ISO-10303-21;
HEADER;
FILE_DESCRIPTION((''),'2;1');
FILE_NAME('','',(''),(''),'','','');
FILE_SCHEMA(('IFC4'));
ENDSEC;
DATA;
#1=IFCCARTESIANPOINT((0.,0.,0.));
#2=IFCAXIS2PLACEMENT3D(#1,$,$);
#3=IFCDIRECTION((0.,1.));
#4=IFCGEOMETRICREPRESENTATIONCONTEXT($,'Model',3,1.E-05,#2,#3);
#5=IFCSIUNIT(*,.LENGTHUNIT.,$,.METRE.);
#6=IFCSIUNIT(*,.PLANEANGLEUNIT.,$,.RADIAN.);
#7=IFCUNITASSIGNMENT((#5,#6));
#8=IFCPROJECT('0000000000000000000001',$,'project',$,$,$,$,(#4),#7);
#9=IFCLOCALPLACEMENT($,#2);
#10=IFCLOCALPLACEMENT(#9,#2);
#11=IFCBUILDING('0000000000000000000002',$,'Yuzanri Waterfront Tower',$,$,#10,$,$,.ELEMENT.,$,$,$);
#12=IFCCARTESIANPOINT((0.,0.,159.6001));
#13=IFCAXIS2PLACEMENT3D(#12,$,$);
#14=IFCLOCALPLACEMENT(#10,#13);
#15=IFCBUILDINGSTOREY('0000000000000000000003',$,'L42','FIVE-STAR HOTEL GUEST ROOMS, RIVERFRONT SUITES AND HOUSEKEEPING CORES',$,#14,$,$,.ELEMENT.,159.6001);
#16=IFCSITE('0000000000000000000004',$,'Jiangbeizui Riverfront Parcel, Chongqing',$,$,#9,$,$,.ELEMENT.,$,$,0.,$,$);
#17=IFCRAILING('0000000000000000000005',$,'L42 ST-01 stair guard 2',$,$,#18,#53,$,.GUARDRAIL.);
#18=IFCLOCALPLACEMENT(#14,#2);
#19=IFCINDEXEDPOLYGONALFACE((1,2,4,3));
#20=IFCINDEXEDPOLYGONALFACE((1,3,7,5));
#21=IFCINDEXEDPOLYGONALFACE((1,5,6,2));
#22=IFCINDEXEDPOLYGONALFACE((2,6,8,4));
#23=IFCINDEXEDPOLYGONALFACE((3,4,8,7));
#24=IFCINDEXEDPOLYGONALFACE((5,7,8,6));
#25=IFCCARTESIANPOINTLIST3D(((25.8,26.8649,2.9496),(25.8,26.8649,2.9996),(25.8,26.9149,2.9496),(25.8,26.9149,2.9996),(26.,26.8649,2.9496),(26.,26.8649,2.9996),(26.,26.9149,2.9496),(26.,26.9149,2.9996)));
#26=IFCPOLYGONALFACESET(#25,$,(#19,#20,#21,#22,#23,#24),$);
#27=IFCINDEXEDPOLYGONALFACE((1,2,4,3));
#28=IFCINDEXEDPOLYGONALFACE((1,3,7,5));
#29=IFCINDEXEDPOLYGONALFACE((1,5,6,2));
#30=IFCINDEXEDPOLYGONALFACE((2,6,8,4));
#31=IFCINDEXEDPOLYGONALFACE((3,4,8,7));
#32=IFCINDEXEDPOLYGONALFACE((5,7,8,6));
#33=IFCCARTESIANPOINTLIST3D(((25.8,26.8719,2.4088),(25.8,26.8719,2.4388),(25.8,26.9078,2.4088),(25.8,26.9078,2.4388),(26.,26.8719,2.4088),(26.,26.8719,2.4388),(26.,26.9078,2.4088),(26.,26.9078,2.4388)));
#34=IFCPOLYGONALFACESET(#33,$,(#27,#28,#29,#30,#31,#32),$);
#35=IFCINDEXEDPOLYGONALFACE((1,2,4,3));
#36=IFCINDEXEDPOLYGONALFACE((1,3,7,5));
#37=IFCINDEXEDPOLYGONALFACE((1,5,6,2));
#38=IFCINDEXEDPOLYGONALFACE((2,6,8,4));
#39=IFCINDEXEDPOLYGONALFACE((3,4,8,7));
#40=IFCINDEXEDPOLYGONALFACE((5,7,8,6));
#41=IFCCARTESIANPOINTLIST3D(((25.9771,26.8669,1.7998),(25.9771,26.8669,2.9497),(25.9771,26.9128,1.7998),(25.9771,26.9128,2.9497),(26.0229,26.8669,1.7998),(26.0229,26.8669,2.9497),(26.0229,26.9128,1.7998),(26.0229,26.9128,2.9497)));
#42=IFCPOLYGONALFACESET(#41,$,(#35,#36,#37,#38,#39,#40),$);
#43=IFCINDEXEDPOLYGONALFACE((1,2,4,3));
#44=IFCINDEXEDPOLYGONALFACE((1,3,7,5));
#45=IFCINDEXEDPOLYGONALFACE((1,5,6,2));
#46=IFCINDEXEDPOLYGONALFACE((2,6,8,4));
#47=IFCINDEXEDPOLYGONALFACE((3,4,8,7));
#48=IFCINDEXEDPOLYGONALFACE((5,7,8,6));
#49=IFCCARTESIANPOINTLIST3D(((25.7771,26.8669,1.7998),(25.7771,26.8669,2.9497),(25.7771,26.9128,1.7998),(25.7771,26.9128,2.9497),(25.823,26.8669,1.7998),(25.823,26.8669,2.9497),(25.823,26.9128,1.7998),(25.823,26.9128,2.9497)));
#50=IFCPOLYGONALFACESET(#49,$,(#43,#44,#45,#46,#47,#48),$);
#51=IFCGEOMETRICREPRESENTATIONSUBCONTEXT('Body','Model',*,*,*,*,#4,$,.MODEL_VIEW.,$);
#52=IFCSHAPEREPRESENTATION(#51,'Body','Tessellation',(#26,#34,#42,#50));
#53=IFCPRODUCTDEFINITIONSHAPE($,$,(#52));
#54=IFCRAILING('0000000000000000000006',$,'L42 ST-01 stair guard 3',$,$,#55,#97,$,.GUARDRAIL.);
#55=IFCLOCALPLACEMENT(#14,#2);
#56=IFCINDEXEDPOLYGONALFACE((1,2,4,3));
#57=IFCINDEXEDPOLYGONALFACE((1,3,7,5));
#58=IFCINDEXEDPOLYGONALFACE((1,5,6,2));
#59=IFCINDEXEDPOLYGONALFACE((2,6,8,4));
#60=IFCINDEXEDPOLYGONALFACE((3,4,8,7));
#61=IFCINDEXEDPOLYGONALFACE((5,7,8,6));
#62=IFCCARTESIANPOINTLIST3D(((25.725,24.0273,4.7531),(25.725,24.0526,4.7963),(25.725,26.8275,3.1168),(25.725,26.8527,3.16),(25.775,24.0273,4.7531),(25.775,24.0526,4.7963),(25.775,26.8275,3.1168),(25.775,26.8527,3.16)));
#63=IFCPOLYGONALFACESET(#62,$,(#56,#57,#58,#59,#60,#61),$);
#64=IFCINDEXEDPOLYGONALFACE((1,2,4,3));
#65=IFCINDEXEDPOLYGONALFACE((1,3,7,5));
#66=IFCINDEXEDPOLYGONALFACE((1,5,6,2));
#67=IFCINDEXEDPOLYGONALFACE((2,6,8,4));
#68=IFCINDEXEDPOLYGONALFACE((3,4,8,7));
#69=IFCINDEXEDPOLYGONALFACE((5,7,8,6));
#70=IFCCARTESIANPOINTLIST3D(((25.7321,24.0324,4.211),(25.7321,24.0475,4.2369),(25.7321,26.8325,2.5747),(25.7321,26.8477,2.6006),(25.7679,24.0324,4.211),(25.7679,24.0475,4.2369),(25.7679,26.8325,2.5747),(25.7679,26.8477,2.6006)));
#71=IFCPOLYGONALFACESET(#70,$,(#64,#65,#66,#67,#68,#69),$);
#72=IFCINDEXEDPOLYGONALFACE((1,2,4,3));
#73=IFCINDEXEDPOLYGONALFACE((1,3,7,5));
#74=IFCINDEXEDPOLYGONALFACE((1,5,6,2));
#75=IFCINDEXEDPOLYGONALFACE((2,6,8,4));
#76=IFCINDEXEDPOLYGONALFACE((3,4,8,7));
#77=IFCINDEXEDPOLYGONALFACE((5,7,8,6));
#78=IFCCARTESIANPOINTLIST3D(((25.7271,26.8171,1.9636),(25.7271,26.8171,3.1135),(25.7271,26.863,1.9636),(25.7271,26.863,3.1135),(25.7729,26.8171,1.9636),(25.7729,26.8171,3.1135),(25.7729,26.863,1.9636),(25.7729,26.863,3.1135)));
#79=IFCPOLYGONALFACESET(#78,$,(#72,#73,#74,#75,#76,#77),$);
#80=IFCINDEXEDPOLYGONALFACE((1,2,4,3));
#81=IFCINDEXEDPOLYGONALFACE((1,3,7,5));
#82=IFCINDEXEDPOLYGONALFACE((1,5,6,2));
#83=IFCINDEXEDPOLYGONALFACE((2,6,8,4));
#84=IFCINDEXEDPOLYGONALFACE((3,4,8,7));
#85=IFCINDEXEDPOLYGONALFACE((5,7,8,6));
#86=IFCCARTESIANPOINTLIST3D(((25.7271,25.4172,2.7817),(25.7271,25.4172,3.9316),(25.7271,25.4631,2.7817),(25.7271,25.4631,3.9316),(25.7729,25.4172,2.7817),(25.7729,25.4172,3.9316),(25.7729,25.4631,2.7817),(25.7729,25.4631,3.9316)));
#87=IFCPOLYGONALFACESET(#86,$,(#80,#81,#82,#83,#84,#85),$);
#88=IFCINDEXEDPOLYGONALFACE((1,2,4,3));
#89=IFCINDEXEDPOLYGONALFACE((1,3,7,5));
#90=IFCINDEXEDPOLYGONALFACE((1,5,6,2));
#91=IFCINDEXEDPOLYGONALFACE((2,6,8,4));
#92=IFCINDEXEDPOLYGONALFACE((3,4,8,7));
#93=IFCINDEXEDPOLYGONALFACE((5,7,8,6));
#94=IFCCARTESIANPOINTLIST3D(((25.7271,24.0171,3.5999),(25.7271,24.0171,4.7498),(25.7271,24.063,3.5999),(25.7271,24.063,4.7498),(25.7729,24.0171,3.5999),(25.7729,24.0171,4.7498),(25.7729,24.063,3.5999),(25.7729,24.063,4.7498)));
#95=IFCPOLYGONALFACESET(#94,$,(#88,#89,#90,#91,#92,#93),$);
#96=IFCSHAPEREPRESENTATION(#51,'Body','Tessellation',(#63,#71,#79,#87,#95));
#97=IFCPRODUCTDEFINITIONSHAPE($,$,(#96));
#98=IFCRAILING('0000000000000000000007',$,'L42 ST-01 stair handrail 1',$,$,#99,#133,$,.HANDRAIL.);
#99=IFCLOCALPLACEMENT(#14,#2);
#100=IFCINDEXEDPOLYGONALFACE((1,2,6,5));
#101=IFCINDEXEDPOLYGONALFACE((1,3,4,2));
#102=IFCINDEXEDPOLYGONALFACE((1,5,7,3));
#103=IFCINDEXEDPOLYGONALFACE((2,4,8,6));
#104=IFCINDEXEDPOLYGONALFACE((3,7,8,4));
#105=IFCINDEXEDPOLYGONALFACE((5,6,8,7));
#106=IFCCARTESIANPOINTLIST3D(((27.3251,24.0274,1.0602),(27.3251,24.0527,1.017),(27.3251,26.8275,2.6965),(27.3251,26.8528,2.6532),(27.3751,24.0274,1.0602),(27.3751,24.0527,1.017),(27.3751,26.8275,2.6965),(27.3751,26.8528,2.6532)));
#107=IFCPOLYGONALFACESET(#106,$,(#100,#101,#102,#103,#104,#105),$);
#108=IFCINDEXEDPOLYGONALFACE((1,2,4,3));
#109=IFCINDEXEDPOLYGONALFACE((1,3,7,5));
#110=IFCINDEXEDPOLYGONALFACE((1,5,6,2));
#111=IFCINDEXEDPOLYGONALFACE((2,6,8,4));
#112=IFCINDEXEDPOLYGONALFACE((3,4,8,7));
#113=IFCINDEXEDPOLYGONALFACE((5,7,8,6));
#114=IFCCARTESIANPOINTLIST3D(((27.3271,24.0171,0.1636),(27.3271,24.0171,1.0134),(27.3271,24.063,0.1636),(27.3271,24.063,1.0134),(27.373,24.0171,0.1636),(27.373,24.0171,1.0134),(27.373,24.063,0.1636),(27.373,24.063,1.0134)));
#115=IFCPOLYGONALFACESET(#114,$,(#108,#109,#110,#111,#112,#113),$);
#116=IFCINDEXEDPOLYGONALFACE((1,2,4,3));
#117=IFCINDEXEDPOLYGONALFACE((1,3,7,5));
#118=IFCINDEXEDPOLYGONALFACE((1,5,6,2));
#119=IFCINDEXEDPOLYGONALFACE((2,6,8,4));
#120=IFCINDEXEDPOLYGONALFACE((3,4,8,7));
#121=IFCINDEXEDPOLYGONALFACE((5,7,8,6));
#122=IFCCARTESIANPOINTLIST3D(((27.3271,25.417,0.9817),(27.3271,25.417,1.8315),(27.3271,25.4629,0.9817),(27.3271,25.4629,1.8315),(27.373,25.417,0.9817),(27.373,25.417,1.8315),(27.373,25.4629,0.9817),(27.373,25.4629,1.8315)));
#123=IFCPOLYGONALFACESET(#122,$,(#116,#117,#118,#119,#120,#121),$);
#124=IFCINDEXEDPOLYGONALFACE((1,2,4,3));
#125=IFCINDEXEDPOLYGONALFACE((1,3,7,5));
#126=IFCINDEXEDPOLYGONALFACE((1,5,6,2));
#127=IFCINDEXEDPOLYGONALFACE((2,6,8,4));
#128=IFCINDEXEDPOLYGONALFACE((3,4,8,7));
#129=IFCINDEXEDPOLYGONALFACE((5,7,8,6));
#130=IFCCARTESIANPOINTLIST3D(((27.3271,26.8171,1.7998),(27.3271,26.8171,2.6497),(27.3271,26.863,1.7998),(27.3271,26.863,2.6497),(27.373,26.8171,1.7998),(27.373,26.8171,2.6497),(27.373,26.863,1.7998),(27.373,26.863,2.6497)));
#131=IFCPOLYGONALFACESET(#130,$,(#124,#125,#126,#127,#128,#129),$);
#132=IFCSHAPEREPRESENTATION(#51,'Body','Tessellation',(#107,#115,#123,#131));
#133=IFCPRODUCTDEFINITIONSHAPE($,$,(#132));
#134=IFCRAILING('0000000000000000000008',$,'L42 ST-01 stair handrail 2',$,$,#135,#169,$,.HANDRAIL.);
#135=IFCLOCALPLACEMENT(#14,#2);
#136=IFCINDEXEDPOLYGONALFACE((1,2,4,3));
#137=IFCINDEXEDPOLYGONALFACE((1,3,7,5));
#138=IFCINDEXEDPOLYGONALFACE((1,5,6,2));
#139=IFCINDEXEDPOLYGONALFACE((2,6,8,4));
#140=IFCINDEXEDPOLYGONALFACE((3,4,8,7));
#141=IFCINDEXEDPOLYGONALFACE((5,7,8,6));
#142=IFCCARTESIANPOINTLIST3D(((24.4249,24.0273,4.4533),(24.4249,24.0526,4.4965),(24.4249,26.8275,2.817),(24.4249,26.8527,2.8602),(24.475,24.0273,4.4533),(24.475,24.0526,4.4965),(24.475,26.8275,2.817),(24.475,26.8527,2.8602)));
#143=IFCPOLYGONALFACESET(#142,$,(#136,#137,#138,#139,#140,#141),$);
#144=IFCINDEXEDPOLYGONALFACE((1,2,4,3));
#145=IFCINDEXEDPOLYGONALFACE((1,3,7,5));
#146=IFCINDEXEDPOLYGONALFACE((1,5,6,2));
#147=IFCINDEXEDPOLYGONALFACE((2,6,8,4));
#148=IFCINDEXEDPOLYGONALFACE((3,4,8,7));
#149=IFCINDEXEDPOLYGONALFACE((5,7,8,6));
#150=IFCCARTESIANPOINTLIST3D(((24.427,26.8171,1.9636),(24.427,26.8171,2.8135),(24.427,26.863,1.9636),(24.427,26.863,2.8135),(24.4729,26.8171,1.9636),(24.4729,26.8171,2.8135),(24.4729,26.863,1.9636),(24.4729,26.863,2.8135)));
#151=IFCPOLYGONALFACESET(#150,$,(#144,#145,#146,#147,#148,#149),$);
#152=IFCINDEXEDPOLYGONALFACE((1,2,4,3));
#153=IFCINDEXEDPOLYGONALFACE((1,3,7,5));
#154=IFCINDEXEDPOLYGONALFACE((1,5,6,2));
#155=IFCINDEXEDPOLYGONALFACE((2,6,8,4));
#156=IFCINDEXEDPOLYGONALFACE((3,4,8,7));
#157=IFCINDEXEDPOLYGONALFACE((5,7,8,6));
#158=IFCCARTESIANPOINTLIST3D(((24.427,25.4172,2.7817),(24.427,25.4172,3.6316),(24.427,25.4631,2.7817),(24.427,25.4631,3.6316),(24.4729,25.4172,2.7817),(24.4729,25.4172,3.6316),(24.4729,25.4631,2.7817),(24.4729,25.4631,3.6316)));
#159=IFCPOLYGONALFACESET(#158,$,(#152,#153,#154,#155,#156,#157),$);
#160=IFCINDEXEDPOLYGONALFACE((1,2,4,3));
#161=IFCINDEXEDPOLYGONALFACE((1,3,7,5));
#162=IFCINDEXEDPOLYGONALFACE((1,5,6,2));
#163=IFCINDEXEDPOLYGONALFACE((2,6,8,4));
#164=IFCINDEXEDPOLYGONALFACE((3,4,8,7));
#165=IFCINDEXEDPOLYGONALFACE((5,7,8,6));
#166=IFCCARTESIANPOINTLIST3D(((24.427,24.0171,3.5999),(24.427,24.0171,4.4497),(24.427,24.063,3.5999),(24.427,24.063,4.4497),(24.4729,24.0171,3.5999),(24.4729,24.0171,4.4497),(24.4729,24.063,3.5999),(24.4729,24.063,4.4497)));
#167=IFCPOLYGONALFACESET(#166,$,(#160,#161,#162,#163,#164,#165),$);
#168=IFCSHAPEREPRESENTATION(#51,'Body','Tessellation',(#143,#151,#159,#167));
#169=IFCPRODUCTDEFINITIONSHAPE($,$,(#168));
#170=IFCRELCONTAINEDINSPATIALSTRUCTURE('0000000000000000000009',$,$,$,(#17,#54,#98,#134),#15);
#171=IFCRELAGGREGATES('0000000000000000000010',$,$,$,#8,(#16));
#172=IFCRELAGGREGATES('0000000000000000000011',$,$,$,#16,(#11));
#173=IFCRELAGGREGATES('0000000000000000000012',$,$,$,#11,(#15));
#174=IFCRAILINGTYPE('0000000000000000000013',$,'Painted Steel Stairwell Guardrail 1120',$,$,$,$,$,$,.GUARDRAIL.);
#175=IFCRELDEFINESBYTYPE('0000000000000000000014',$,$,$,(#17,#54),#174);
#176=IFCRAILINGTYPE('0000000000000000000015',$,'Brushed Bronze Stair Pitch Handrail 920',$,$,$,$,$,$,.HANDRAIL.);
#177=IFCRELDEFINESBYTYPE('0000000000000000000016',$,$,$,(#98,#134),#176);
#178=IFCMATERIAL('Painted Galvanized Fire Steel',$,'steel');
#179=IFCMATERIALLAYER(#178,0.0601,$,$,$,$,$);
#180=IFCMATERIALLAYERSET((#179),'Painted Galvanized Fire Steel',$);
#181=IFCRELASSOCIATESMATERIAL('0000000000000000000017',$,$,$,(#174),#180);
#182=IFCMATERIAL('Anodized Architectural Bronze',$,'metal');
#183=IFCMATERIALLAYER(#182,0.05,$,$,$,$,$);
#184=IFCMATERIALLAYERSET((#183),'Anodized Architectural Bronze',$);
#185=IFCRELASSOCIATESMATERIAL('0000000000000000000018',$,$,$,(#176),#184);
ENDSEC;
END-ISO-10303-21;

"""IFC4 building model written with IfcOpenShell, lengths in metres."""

from ifc_helpers import new_model, si_unit, direction, frame, origin, origin_2d, place, context, subcontext, project, spatial, rectangle, extrude, source, transform, mapped, material, layer, layer_set, type_object, element, save


model = new_model("IFC4")

# Units and contexts
model_context = context("Model", 3, precision=1e-05, world=origin(), true_north=direction((0.0, 1.0)))
body_context = subcontext(model_context, "Body", "Model", "MODEL_VIEW")
ifc_project = project(units=[si_unit("LENGTHUNIT", "METRE"), si_unit("PLANEANGLEUNIT", "RADIAN")], contexts=[model_context])

# Site, building, storey
site_placement = place(None, origin())
site = spatial("IfcSite", under=ifc_project, at=site_placement, Name="Jiangbeizui Riverfront Parcel, Chongqing", CompositionType="ELEMENT", RefElevation=0.0)
building_placement = place(site_placement, origin())
building = spatial("IfcBuilding", under=site, at=building_placement, Name="Yuzanri Waterfront Tower", CompositionType="ELEMENT")
storey_placement = place(building_placement, frame((0.0, 0.0, 159.6001)))
storey = spatial("IfcBuildingStorey", under=building, at=storey_placement, Name="L42", Description="FIVE-STAR HOTEL GUEST ROOMS, RIVERFRONT SUITES AND HOUSEKEEPING CORES", CompositionType="ELEMENT", Elevation=159.6001)

# Railings
ifc_material_1 = material(Name="Painted Galvanized Fire Steel", Category="steel")
ifc_layer_1 = layer(ifc_material_1, 0.0601)
ifc_layer_set_1 = layer_set([ifc_layer_1], Name="Painted Galvanized Fire Steel")
railing_type_1 = type_object("IfcRailingType", Name="Painted Steel Stairwell Guardrail 1120", PredefinedType="GUARDRAIL", material=ifc_layer_set_1)
shared_shape_1 = source(origin(), body_context, "Body", "SweptSolid", [
    extrude(rectangle(XDim=0.05, YDim=0.05, at=origin_2d()), frame((0.0, 0.0, 1.1748), z_axis=(-1.0, 0.0, 0.0), x_axis=(0.0, -1.0, 0.0)), (0.0, 0.0, 1.0), 0.2),
    extrude(rectangle(XDim=0.0359, YDim=0.03, at=origin_2d()), frame((0.0, 0.0, 0.624), z_axis=(-1.0, 0.0, 0.0), x_axis=(0.0, -1.0, 0.0)), (0.0, 0.0, 1.0), 0.2),
    extrude(rectangle(XDim=0.0459, YDim=0.0459, at=origin_2d()), origin(), (0.0, 0.0, 1.0), 1.1499),
    extrude(rectangle(XDim=0.0459, YDim=0.0459, at=origin_2d()), frame((-0.2, 0.0, 0.0)), (0.0, 0.0, 1.0), 1.1499),
])
railing_1_placement = place(storey_placement, frame((26.0, 26.8899, 1.7998)))
element("IfcRailing", 1, at=railing_1_placement, inside=storey, type_object=railing_type_1, Name="L42 ST-01 stair guard 2", PredefinedType="GUARDRAIL", context=body_context, shape_type="MappedRepresentation", body=[
    mapped(shared_shape_1, transform((0.0, 0.0, 0.0), scale=1.0)),
])
shared_shape_2 = source(origin(), body_context, "Body", "SweptSolid", [
    extrude(rectangle(XDim=0.05, YDim=0.05, at=origin_2d()), frame((0.0, 0.0, 1.1748), z_axis=(0.0, -0.863394, 0.504531), x_axis=(1.0, 0.0, 0.0)), (0.0, 0.0, 1.0), 3.2432),
    extrude(rectangle(XDim=0.0359, YDim=0.03, at=origin_2d()), frame((0.0, 0.0, 0.624), z_axis=(0.0, -0.863394, 0.504531), x_axis=(1.0, 0.0, 0.0)), (0.0, 0.0, 1.0), 3.2432),
    extrude(rectangle(XDim=0.0459, YDim=0.0459, at=origin_2d()), origin(), (0.0, 0.0, 1.0), 1.1499),
    extrude(rectangle(XDim=0.0459, YDim=0.0459, at=origin_2d()), frame((0.0, -1.3999, 0.8181)), (0.0, 0.0, 1.0), 1.1499),
    extrude(rectangle(XDim=0.0459, YDim=0.0459, at=origin_2d()), frame((0.0, -2.8, 1.6362)), (0.0, 0.0, 1.0), 1.1499),
])
railing_2_placement = place(storey_placement, frame((25.75, 26.8401, 1.9636)))
element("IfcRailing", 2, at=railing_2_placement, inside=storey, type_object=railing_type_1, Name="L42 ST-01 stair guard 3", PredefinedType="GUARDRAIL", context=body_context, shape_type="MappedRepresentation", body=[
    mapped(shared_shape_2, transform((0.0, 0.0, 0.0), scale=1.0)),
])
ifc_material_2 = material(Name="Anodized Architectural Bronze", Category="metal")
ifc_layer_2 = layer(ifc_material_2, 0.05)
ifc_layer_set_2 = layer_set([ifc_layer_2], Name="Anodized Architectural Bronze")
railing_type_2 = type_object("IfcRailingType", Name="Brushed Bronze Stair Pitch Handrail 920", PredefinedType="HANDRAIL", material=ifc_layer_set_2)
shared_shape_3 = source(origin(), body_context, "Body", "SweptSolid", [
    extrude(rectangle(XDim=0.05, YDim=0.05, at=origin_2d()), frame((0.0, 0.0, 0.875), z_axis=(0.0, 0.863394, 0.504531), x_axis=(-1.0, 0.0, 0.0)), (0.0, 0.0, 1.0), 3.2432),
    extrude(rectangle(XDim=0.0459, YDim=0.0459, at=origin_2d()), origin(), (0.0, 0.0, 1.0), 0.8499),
    extrude(rectangle(XDim=0.0459, YDim=0.0459, at=origin_2d()), frame((0.0, 1.3999, 0.8181)), (0.0, 0.0, 1.0), 0.8499),
    extrude(rectangle(XDim=0.0459, YDim=0.0459, at=origin_2d()), frame((0.0, 2.8, 1.6362)), (0.0, 0.0, 1.0), 0.8499),
])
railing_3_placement = place(storey_placement, frame((27.3501, 24.04, 0.1636)))
element("IfcRailing", 3, at=railing_3_placement, inside=storey, type_object=railing_type_2, Name="L42 ST-01 stair handrail 1", PredefinedType="HANDRAIL", context=body_context, shape_type="MappedRepresentation", body=[
    mapped(shared_shape_3, transform((0.0, 0.0, 0.0), scale=1.0)),
])
shared_shape_4 = source(origin(), body_context, "Body", "SweptSolid", [
    extrude(rectangle(XDim=0.05, YDim=0.05, at=origin_2d()), frame((0.0, 0.0, 0.875), z_axis=(0.0, -0.863394, 0.504531), x_axis=(1.0, 0.0, 0.0)), (0.0, 0.0, 1.0), 3.2432),
    extrude(rectangle(XDim=0.0459, YDim=0.0459, at=origin_2d()), origin(), (0.0, 0.0, 1.0), 0.8499),
    extrude(rectangle(XDim=0.0459, YDim=0.0459, at=origin_2d()), frame((0.0, -1.3999, 0.8181)), (0.0, 0.0, 1.0), 0.8499),
    extrude(rectangle(XDim=0.0459, YDim=0.0459, at=origin_2d()), frame((0.0, -2.8, 1.6362)), (0.0, 0.0, 1.0), 0.8499),
])
railing_4_placement = place(storey_placement, frame((24.45, 26.8401, 1.9636)))
element("IfcRailing", 4, at=railing_4_placement, inside=storey, type_object=railing_type_2, Name="L42 ST-01 stair handrail 2", PredefinedType="HANDRAIL", context=body_context, shape_type="MappedRepresentation", body=[
    mapped(shared_shape_4, transform((0.0, 0.0, 0.0), scale=1.0)),
])

save(model, "model.ifc")
